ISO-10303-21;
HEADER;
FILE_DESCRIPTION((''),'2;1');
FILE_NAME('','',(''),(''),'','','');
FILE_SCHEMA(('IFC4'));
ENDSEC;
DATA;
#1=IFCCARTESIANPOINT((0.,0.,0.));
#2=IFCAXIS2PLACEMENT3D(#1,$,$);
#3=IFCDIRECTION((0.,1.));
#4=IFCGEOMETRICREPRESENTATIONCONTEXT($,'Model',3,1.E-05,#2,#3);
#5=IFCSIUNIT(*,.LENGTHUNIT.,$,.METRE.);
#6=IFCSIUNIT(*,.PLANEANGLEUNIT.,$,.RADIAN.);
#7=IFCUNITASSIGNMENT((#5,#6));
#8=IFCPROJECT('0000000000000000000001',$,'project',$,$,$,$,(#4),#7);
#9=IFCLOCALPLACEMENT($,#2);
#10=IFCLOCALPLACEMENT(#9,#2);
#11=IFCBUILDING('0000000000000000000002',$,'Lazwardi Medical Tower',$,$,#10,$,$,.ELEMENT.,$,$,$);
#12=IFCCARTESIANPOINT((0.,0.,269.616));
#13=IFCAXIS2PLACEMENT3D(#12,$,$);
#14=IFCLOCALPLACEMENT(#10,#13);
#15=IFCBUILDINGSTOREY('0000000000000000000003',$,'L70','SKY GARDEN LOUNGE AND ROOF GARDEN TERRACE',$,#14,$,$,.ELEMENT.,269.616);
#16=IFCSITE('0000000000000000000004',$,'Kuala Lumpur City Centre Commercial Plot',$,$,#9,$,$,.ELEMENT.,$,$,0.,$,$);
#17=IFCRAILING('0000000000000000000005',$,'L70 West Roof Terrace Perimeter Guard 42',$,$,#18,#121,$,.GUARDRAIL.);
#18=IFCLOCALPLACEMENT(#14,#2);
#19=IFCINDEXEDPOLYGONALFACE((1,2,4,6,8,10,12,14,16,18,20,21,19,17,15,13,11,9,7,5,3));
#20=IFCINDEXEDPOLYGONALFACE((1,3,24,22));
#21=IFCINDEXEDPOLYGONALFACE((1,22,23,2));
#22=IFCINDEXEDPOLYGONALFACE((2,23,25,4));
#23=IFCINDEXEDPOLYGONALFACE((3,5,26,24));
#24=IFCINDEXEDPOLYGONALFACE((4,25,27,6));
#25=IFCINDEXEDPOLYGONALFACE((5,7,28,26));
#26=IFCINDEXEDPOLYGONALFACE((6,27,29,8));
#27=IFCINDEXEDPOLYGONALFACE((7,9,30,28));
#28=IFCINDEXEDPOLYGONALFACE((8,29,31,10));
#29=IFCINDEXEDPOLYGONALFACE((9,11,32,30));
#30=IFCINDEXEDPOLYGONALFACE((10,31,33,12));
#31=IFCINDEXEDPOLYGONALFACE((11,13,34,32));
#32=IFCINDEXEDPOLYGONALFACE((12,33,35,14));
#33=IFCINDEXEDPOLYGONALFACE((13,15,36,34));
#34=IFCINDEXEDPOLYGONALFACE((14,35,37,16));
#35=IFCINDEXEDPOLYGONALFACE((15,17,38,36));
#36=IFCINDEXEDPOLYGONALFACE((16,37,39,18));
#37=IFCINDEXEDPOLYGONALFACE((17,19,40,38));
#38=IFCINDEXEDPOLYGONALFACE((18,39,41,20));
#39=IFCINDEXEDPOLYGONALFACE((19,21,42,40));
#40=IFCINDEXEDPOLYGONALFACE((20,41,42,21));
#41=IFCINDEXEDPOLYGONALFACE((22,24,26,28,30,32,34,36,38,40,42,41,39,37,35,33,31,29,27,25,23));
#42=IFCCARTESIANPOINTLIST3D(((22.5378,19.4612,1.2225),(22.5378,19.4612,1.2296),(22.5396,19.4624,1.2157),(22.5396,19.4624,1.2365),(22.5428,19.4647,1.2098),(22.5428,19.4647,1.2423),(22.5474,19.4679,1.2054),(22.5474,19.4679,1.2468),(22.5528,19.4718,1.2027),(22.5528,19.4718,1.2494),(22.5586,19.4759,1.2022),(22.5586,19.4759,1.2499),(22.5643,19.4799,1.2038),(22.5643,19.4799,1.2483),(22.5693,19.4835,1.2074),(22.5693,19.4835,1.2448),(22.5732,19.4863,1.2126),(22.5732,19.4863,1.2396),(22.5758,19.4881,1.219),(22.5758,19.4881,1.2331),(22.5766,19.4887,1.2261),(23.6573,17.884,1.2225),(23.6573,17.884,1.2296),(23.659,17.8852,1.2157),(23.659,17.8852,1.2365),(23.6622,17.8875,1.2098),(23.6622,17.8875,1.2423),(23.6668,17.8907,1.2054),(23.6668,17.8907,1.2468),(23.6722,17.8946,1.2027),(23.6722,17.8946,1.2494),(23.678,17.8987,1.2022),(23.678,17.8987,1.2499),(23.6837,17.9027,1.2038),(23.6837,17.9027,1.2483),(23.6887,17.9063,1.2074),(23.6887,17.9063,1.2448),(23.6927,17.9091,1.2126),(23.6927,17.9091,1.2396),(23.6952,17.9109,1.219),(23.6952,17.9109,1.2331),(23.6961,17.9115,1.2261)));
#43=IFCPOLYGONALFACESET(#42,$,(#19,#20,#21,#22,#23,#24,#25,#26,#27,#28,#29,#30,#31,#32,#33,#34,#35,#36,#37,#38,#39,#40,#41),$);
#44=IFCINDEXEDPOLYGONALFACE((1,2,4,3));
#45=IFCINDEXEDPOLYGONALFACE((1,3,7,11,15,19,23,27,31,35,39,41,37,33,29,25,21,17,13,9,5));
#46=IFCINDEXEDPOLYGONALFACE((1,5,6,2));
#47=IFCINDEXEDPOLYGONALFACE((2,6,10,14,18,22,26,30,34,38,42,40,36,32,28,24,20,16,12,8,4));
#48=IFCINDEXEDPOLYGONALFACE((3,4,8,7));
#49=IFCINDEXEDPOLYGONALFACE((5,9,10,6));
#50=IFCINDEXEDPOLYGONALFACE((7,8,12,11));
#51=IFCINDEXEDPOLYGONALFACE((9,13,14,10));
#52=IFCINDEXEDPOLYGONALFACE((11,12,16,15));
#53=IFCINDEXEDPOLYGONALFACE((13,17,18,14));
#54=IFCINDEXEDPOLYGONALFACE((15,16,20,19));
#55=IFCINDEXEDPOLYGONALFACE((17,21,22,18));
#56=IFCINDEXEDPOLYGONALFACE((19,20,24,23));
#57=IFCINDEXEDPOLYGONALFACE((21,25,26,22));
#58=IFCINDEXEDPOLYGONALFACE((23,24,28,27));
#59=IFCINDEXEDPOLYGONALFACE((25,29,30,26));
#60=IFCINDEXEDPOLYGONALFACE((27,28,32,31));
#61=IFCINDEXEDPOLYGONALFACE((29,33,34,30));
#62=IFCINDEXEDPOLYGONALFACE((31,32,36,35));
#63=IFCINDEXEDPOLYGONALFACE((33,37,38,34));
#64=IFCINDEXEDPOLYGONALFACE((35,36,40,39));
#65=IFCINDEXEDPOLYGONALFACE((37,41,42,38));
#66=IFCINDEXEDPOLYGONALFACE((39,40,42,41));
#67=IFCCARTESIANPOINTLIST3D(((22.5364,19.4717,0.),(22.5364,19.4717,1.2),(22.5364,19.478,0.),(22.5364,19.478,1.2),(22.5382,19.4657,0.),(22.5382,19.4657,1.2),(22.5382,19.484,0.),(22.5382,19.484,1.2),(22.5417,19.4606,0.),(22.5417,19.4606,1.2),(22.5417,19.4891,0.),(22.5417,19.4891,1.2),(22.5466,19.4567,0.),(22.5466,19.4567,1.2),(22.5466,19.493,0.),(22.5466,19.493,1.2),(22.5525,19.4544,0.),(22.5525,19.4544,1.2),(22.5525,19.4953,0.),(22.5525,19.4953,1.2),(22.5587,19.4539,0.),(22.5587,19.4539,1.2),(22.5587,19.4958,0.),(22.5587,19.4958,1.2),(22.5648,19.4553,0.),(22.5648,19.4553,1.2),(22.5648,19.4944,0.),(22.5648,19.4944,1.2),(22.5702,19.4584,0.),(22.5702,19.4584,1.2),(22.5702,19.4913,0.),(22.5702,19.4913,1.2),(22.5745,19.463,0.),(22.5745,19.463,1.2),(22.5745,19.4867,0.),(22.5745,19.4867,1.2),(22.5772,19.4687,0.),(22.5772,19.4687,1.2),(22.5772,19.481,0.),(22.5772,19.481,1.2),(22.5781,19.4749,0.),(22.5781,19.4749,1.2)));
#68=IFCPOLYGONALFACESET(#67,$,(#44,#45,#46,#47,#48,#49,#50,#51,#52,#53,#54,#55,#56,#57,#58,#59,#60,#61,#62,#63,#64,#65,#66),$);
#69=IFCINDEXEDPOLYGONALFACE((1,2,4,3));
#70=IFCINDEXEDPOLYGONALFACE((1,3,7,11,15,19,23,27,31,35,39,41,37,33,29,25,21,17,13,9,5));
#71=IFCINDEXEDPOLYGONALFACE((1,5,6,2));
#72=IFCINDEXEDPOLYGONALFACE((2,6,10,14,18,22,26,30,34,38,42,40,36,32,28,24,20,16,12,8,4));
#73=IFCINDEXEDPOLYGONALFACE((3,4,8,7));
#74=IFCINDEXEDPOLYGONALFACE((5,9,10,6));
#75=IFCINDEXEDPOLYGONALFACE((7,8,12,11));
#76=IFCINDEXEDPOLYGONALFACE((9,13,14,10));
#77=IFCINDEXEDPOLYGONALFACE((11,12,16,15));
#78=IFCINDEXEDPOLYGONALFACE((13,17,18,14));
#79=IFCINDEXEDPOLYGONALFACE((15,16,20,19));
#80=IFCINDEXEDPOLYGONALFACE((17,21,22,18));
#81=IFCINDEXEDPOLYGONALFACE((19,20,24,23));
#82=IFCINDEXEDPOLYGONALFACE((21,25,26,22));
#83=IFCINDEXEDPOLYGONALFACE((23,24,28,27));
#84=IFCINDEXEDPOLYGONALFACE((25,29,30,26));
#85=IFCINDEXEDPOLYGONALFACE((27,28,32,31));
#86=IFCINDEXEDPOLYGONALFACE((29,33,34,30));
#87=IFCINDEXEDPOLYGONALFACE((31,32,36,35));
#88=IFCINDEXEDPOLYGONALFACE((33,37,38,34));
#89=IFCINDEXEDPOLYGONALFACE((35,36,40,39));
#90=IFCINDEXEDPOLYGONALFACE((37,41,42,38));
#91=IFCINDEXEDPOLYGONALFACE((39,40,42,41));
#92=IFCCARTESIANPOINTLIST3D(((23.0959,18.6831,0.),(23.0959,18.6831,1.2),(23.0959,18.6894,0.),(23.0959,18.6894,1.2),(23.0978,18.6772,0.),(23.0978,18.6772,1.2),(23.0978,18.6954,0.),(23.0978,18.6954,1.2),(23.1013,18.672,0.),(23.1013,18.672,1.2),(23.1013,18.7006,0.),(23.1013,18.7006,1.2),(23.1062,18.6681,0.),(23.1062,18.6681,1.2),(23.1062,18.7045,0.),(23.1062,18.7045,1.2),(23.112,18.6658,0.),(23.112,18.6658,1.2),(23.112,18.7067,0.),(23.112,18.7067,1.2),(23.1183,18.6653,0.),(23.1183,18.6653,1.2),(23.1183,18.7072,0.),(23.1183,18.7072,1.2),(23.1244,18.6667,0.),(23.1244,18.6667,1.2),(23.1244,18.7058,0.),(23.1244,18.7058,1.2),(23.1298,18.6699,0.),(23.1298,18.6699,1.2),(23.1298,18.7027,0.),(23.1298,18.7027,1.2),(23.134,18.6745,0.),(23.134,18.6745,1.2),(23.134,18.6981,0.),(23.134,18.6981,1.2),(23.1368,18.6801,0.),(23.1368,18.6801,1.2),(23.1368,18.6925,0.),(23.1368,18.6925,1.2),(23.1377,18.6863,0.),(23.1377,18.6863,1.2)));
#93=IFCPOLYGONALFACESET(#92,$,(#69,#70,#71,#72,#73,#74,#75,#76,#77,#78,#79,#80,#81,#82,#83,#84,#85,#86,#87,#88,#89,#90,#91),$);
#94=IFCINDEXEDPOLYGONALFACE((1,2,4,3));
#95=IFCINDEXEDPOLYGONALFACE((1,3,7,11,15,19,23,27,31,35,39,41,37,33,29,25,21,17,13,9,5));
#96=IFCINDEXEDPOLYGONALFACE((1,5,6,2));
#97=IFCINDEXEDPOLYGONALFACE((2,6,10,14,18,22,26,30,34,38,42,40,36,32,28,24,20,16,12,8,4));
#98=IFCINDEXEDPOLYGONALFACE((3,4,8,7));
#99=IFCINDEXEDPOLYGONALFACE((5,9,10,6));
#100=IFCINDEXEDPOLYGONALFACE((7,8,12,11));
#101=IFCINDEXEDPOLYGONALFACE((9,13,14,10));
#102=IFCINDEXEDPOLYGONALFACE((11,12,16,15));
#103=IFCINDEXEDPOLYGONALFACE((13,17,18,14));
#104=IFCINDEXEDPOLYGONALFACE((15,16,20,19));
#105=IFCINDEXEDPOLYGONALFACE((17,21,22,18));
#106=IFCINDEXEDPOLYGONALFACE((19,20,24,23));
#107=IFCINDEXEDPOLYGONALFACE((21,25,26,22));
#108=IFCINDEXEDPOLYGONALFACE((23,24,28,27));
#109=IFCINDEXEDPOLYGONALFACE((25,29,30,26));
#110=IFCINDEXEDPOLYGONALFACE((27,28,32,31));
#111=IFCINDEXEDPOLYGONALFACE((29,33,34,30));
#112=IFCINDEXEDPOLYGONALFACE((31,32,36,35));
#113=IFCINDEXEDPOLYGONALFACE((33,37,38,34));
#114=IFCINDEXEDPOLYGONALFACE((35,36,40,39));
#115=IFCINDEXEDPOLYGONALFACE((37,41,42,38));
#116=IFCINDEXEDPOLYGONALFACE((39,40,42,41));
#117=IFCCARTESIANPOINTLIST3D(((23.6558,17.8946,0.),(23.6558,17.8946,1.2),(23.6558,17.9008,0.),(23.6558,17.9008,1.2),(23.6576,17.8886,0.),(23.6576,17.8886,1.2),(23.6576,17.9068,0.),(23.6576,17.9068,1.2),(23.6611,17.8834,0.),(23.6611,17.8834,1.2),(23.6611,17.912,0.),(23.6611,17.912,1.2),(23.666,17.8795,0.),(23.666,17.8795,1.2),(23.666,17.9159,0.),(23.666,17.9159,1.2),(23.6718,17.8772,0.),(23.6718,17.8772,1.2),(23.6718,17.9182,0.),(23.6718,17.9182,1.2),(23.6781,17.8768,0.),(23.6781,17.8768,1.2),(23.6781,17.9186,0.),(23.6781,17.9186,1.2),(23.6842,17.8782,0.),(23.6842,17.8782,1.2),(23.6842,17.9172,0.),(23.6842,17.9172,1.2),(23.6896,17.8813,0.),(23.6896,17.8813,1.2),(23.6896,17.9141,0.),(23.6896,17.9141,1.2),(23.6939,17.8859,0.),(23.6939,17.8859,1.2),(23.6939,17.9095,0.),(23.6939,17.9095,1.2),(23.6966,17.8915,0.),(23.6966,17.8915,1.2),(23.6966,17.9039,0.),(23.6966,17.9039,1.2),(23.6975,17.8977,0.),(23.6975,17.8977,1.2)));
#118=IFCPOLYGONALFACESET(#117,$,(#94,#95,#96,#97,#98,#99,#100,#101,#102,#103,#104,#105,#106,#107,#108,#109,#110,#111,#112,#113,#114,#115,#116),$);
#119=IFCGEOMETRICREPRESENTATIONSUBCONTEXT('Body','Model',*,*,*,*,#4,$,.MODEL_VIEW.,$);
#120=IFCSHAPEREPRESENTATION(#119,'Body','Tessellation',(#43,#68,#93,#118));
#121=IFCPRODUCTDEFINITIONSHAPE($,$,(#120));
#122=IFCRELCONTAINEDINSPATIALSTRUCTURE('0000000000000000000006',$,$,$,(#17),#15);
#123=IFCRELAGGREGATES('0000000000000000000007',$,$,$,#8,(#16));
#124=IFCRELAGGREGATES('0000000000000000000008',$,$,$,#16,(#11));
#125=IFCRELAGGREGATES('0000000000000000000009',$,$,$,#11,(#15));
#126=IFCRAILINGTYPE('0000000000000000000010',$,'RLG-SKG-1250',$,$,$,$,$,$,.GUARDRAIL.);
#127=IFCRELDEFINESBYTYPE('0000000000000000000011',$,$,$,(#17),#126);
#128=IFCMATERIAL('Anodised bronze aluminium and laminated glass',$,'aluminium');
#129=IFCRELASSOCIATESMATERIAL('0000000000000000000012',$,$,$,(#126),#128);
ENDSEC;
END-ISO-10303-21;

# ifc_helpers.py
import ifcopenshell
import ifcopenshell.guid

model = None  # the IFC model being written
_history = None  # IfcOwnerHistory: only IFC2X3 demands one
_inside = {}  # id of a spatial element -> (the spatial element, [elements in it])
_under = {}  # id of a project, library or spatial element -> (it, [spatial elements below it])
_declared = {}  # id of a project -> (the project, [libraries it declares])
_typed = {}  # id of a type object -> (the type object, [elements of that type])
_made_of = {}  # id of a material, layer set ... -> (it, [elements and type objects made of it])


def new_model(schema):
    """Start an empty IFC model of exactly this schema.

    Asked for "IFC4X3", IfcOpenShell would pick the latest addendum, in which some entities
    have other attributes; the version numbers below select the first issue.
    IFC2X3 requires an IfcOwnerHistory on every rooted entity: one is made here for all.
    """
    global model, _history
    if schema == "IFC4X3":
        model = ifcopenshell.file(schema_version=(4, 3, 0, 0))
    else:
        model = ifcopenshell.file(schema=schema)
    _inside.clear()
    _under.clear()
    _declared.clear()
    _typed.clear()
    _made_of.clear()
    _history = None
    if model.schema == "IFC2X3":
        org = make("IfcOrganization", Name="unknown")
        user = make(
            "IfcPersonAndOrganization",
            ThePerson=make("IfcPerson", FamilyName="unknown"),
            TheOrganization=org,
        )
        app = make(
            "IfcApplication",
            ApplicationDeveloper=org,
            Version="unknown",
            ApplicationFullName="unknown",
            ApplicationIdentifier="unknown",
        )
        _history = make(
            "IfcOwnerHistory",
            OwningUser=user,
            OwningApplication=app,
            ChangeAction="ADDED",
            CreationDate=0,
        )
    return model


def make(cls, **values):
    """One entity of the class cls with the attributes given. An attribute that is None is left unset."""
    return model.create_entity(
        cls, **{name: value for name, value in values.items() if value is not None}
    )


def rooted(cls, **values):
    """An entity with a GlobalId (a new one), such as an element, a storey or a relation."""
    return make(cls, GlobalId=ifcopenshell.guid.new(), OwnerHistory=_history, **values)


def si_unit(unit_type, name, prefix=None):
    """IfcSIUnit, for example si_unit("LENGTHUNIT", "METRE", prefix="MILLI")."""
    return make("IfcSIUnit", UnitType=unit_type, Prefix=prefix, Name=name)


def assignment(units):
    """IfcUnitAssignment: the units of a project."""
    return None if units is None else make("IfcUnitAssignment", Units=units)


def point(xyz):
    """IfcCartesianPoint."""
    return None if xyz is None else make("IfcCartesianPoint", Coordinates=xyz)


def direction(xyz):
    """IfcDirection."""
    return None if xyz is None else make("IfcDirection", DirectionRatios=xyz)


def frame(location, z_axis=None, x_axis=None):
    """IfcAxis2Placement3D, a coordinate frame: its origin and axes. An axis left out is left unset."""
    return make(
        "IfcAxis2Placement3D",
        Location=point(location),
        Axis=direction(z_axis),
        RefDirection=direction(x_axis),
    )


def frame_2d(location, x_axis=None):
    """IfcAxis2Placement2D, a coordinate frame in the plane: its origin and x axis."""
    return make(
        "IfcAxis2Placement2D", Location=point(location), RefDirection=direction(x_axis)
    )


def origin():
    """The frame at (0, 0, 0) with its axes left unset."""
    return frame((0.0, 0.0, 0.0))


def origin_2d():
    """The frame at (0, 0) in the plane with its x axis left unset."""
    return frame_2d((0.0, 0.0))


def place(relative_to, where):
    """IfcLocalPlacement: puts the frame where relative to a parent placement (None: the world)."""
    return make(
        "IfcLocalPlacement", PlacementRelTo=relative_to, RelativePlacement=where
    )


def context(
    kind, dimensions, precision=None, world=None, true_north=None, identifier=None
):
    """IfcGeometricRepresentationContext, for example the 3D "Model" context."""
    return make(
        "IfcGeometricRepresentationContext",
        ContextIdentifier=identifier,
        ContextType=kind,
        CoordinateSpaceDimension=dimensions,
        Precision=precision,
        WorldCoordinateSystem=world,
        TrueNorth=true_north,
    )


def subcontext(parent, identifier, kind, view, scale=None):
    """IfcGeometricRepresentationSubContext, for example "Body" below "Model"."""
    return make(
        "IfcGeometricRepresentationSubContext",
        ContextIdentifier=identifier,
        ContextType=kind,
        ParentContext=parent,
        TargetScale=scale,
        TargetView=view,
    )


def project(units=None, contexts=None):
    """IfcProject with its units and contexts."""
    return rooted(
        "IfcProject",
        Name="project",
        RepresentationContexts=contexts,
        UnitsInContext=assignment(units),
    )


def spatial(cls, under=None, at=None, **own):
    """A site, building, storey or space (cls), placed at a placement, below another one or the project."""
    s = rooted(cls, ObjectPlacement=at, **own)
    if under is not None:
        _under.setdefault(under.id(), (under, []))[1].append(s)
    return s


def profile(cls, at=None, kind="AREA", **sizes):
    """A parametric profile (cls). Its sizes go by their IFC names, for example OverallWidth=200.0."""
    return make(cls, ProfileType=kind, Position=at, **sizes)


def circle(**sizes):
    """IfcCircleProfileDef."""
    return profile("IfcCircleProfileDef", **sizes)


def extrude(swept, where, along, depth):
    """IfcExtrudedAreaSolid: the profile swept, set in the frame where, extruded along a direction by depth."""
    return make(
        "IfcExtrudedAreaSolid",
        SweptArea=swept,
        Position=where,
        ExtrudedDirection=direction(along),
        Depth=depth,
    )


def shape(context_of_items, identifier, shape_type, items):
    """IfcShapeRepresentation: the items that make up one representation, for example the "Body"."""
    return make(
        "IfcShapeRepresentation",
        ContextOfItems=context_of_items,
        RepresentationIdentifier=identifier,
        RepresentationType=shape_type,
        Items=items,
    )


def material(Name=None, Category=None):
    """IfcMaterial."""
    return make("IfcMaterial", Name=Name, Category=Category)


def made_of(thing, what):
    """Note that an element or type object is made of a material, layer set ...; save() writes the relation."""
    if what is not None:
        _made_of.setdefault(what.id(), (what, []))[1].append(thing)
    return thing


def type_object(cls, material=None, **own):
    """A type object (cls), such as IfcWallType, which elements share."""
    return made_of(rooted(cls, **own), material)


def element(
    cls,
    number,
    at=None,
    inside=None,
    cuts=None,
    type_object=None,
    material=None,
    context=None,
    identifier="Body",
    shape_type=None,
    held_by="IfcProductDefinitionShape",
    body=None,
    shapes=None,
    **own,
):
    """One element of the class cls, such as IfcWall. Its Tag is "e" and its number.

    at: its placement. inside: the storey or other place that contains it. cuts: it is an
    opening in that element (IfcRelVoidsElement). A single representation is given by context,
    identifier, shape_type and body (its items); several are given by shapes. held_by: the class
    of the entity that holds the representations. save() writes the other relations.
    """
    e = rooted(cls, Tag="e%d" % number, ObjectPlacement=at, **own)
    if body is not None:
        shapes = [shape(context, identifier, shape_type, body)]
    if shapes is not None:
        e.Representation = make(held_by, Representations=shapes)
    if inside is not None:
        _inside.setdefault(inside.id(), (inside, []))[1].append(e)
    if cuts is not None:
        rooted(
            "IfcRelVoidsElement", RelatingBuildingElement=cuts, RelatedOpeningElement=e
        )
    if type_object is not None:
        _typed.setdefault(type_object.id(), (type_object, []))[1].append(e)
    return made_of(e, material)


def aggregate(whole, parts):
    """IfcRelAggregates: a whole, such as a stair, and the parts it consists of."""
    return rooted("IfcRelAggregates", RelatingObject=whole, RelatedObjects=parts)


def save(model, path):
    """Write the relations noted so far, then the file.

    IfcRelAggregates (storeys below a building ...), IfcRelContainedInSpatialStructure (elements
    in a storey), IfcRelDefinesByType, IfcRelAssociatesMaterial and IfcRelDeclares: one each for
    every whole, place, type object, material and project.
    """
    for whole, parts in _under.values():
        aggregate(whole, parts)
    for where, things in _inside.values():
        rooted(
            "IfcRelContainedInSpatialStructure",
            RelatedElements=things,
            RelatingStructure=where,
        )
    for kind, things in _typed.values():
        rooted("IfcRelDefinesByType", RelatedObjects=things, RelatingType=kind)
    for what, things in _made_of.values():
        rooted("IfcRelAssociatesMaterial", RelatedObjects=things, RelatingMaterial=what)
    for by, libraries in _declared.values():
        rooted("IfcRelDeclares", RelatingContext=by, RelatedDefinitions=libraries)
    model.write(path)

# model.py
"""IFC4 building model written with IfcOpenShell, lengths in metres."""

from ifc_helpers import new_model, si_unit, direction, frame, origin, origin_2d, place, context, subcontext, project, spatial, circle, extrude, material, type_object, element, save


model = new_model("IFC4")

# Units and contexts
model_context = context("Model", 3, precision=1e-05, world=origin(), true_north=direction((0.0, 1.0)))
body_context = subcontext(model_context, "Body", "Model", "MODEL_VIEW")
ifc_project = project(units=[si_unit("LENGTHUNIT", "METRE"), si_unit("PLANEANGLEUNIT", "RADIAN")], contexts=[model_context])

# Site, building, storey
site_placement = place(None, origin())
site = spatial("IfcSite", under=ifc_project, at=site_placement, Name="Kuala Lumpur City Centre Commercial Plot", CompositionType="ELEMENT", RefElevation=0.0)
building_placement = place(site_placement, origin())
building = spatial("IfcBuilding", under=site, at=building_placement, Name="Lazwardi Medical Tower", CompositionType="ELEMENT")
storey_placement = place(building_placement, frame((0.0, 0.0, 269.616)))
storey = spatial("IfcBuildingStorey", under=building, at=storey_placement, Name="L70", Description="SKY GARDEN LOUNGE AND ROOF GARDEN TERRACE", CompositionType="ELEMENT", Elevation=269.616)

# Railing
ifc_material_1 = material(Name="Anodised bronze aluminium and laminated glass", Category="aluminium")
railing_type = type_object("IfcRailingType", Name="RLG-SKG-1250", PredefinedType="GUARDRAIL", material=ifc_material_1)
railing_1_placement = place(storey_placement, frame((22.5571, 19.4749, 0.0)))
element("IfcRailing", 1, at=railing_1_placement, inside=storey, type_object=railing_type, Name="L70 West Roof Terrace Perimeter Guard 42", PredefinedType="GUARDRAIL", context=body_context, shape_type="SweptSolid", body=[
    extrude(circle(Radius=0.0239, at=origin_2d()), frame((0.0, 0.0, 1.2261), z_axis=(0.578788, -0.815478, 0.0), x_axis=(0.815478, 0.578788, 0.0)), (0.0, 0.0, 1.0), 1.9341),
    extrude(circle(Radius=0.021, at=origin_2d()), origin(), (0.0, 0.0, 1.0), 1.2),
    extrude(circle(Radius=0.021, at=origin_2d()), frame((0.5596, -0.7886, 0.0)), (0.0, 0.0, 1.0), 1.2),
    extrude(circle(Radius=0.021, at=origin_2d()), frame((1.1194, -1.5771, 0.0)), (0.0, 0.0, 1.0), 1.2),
])

save(model, "model.ifc")
